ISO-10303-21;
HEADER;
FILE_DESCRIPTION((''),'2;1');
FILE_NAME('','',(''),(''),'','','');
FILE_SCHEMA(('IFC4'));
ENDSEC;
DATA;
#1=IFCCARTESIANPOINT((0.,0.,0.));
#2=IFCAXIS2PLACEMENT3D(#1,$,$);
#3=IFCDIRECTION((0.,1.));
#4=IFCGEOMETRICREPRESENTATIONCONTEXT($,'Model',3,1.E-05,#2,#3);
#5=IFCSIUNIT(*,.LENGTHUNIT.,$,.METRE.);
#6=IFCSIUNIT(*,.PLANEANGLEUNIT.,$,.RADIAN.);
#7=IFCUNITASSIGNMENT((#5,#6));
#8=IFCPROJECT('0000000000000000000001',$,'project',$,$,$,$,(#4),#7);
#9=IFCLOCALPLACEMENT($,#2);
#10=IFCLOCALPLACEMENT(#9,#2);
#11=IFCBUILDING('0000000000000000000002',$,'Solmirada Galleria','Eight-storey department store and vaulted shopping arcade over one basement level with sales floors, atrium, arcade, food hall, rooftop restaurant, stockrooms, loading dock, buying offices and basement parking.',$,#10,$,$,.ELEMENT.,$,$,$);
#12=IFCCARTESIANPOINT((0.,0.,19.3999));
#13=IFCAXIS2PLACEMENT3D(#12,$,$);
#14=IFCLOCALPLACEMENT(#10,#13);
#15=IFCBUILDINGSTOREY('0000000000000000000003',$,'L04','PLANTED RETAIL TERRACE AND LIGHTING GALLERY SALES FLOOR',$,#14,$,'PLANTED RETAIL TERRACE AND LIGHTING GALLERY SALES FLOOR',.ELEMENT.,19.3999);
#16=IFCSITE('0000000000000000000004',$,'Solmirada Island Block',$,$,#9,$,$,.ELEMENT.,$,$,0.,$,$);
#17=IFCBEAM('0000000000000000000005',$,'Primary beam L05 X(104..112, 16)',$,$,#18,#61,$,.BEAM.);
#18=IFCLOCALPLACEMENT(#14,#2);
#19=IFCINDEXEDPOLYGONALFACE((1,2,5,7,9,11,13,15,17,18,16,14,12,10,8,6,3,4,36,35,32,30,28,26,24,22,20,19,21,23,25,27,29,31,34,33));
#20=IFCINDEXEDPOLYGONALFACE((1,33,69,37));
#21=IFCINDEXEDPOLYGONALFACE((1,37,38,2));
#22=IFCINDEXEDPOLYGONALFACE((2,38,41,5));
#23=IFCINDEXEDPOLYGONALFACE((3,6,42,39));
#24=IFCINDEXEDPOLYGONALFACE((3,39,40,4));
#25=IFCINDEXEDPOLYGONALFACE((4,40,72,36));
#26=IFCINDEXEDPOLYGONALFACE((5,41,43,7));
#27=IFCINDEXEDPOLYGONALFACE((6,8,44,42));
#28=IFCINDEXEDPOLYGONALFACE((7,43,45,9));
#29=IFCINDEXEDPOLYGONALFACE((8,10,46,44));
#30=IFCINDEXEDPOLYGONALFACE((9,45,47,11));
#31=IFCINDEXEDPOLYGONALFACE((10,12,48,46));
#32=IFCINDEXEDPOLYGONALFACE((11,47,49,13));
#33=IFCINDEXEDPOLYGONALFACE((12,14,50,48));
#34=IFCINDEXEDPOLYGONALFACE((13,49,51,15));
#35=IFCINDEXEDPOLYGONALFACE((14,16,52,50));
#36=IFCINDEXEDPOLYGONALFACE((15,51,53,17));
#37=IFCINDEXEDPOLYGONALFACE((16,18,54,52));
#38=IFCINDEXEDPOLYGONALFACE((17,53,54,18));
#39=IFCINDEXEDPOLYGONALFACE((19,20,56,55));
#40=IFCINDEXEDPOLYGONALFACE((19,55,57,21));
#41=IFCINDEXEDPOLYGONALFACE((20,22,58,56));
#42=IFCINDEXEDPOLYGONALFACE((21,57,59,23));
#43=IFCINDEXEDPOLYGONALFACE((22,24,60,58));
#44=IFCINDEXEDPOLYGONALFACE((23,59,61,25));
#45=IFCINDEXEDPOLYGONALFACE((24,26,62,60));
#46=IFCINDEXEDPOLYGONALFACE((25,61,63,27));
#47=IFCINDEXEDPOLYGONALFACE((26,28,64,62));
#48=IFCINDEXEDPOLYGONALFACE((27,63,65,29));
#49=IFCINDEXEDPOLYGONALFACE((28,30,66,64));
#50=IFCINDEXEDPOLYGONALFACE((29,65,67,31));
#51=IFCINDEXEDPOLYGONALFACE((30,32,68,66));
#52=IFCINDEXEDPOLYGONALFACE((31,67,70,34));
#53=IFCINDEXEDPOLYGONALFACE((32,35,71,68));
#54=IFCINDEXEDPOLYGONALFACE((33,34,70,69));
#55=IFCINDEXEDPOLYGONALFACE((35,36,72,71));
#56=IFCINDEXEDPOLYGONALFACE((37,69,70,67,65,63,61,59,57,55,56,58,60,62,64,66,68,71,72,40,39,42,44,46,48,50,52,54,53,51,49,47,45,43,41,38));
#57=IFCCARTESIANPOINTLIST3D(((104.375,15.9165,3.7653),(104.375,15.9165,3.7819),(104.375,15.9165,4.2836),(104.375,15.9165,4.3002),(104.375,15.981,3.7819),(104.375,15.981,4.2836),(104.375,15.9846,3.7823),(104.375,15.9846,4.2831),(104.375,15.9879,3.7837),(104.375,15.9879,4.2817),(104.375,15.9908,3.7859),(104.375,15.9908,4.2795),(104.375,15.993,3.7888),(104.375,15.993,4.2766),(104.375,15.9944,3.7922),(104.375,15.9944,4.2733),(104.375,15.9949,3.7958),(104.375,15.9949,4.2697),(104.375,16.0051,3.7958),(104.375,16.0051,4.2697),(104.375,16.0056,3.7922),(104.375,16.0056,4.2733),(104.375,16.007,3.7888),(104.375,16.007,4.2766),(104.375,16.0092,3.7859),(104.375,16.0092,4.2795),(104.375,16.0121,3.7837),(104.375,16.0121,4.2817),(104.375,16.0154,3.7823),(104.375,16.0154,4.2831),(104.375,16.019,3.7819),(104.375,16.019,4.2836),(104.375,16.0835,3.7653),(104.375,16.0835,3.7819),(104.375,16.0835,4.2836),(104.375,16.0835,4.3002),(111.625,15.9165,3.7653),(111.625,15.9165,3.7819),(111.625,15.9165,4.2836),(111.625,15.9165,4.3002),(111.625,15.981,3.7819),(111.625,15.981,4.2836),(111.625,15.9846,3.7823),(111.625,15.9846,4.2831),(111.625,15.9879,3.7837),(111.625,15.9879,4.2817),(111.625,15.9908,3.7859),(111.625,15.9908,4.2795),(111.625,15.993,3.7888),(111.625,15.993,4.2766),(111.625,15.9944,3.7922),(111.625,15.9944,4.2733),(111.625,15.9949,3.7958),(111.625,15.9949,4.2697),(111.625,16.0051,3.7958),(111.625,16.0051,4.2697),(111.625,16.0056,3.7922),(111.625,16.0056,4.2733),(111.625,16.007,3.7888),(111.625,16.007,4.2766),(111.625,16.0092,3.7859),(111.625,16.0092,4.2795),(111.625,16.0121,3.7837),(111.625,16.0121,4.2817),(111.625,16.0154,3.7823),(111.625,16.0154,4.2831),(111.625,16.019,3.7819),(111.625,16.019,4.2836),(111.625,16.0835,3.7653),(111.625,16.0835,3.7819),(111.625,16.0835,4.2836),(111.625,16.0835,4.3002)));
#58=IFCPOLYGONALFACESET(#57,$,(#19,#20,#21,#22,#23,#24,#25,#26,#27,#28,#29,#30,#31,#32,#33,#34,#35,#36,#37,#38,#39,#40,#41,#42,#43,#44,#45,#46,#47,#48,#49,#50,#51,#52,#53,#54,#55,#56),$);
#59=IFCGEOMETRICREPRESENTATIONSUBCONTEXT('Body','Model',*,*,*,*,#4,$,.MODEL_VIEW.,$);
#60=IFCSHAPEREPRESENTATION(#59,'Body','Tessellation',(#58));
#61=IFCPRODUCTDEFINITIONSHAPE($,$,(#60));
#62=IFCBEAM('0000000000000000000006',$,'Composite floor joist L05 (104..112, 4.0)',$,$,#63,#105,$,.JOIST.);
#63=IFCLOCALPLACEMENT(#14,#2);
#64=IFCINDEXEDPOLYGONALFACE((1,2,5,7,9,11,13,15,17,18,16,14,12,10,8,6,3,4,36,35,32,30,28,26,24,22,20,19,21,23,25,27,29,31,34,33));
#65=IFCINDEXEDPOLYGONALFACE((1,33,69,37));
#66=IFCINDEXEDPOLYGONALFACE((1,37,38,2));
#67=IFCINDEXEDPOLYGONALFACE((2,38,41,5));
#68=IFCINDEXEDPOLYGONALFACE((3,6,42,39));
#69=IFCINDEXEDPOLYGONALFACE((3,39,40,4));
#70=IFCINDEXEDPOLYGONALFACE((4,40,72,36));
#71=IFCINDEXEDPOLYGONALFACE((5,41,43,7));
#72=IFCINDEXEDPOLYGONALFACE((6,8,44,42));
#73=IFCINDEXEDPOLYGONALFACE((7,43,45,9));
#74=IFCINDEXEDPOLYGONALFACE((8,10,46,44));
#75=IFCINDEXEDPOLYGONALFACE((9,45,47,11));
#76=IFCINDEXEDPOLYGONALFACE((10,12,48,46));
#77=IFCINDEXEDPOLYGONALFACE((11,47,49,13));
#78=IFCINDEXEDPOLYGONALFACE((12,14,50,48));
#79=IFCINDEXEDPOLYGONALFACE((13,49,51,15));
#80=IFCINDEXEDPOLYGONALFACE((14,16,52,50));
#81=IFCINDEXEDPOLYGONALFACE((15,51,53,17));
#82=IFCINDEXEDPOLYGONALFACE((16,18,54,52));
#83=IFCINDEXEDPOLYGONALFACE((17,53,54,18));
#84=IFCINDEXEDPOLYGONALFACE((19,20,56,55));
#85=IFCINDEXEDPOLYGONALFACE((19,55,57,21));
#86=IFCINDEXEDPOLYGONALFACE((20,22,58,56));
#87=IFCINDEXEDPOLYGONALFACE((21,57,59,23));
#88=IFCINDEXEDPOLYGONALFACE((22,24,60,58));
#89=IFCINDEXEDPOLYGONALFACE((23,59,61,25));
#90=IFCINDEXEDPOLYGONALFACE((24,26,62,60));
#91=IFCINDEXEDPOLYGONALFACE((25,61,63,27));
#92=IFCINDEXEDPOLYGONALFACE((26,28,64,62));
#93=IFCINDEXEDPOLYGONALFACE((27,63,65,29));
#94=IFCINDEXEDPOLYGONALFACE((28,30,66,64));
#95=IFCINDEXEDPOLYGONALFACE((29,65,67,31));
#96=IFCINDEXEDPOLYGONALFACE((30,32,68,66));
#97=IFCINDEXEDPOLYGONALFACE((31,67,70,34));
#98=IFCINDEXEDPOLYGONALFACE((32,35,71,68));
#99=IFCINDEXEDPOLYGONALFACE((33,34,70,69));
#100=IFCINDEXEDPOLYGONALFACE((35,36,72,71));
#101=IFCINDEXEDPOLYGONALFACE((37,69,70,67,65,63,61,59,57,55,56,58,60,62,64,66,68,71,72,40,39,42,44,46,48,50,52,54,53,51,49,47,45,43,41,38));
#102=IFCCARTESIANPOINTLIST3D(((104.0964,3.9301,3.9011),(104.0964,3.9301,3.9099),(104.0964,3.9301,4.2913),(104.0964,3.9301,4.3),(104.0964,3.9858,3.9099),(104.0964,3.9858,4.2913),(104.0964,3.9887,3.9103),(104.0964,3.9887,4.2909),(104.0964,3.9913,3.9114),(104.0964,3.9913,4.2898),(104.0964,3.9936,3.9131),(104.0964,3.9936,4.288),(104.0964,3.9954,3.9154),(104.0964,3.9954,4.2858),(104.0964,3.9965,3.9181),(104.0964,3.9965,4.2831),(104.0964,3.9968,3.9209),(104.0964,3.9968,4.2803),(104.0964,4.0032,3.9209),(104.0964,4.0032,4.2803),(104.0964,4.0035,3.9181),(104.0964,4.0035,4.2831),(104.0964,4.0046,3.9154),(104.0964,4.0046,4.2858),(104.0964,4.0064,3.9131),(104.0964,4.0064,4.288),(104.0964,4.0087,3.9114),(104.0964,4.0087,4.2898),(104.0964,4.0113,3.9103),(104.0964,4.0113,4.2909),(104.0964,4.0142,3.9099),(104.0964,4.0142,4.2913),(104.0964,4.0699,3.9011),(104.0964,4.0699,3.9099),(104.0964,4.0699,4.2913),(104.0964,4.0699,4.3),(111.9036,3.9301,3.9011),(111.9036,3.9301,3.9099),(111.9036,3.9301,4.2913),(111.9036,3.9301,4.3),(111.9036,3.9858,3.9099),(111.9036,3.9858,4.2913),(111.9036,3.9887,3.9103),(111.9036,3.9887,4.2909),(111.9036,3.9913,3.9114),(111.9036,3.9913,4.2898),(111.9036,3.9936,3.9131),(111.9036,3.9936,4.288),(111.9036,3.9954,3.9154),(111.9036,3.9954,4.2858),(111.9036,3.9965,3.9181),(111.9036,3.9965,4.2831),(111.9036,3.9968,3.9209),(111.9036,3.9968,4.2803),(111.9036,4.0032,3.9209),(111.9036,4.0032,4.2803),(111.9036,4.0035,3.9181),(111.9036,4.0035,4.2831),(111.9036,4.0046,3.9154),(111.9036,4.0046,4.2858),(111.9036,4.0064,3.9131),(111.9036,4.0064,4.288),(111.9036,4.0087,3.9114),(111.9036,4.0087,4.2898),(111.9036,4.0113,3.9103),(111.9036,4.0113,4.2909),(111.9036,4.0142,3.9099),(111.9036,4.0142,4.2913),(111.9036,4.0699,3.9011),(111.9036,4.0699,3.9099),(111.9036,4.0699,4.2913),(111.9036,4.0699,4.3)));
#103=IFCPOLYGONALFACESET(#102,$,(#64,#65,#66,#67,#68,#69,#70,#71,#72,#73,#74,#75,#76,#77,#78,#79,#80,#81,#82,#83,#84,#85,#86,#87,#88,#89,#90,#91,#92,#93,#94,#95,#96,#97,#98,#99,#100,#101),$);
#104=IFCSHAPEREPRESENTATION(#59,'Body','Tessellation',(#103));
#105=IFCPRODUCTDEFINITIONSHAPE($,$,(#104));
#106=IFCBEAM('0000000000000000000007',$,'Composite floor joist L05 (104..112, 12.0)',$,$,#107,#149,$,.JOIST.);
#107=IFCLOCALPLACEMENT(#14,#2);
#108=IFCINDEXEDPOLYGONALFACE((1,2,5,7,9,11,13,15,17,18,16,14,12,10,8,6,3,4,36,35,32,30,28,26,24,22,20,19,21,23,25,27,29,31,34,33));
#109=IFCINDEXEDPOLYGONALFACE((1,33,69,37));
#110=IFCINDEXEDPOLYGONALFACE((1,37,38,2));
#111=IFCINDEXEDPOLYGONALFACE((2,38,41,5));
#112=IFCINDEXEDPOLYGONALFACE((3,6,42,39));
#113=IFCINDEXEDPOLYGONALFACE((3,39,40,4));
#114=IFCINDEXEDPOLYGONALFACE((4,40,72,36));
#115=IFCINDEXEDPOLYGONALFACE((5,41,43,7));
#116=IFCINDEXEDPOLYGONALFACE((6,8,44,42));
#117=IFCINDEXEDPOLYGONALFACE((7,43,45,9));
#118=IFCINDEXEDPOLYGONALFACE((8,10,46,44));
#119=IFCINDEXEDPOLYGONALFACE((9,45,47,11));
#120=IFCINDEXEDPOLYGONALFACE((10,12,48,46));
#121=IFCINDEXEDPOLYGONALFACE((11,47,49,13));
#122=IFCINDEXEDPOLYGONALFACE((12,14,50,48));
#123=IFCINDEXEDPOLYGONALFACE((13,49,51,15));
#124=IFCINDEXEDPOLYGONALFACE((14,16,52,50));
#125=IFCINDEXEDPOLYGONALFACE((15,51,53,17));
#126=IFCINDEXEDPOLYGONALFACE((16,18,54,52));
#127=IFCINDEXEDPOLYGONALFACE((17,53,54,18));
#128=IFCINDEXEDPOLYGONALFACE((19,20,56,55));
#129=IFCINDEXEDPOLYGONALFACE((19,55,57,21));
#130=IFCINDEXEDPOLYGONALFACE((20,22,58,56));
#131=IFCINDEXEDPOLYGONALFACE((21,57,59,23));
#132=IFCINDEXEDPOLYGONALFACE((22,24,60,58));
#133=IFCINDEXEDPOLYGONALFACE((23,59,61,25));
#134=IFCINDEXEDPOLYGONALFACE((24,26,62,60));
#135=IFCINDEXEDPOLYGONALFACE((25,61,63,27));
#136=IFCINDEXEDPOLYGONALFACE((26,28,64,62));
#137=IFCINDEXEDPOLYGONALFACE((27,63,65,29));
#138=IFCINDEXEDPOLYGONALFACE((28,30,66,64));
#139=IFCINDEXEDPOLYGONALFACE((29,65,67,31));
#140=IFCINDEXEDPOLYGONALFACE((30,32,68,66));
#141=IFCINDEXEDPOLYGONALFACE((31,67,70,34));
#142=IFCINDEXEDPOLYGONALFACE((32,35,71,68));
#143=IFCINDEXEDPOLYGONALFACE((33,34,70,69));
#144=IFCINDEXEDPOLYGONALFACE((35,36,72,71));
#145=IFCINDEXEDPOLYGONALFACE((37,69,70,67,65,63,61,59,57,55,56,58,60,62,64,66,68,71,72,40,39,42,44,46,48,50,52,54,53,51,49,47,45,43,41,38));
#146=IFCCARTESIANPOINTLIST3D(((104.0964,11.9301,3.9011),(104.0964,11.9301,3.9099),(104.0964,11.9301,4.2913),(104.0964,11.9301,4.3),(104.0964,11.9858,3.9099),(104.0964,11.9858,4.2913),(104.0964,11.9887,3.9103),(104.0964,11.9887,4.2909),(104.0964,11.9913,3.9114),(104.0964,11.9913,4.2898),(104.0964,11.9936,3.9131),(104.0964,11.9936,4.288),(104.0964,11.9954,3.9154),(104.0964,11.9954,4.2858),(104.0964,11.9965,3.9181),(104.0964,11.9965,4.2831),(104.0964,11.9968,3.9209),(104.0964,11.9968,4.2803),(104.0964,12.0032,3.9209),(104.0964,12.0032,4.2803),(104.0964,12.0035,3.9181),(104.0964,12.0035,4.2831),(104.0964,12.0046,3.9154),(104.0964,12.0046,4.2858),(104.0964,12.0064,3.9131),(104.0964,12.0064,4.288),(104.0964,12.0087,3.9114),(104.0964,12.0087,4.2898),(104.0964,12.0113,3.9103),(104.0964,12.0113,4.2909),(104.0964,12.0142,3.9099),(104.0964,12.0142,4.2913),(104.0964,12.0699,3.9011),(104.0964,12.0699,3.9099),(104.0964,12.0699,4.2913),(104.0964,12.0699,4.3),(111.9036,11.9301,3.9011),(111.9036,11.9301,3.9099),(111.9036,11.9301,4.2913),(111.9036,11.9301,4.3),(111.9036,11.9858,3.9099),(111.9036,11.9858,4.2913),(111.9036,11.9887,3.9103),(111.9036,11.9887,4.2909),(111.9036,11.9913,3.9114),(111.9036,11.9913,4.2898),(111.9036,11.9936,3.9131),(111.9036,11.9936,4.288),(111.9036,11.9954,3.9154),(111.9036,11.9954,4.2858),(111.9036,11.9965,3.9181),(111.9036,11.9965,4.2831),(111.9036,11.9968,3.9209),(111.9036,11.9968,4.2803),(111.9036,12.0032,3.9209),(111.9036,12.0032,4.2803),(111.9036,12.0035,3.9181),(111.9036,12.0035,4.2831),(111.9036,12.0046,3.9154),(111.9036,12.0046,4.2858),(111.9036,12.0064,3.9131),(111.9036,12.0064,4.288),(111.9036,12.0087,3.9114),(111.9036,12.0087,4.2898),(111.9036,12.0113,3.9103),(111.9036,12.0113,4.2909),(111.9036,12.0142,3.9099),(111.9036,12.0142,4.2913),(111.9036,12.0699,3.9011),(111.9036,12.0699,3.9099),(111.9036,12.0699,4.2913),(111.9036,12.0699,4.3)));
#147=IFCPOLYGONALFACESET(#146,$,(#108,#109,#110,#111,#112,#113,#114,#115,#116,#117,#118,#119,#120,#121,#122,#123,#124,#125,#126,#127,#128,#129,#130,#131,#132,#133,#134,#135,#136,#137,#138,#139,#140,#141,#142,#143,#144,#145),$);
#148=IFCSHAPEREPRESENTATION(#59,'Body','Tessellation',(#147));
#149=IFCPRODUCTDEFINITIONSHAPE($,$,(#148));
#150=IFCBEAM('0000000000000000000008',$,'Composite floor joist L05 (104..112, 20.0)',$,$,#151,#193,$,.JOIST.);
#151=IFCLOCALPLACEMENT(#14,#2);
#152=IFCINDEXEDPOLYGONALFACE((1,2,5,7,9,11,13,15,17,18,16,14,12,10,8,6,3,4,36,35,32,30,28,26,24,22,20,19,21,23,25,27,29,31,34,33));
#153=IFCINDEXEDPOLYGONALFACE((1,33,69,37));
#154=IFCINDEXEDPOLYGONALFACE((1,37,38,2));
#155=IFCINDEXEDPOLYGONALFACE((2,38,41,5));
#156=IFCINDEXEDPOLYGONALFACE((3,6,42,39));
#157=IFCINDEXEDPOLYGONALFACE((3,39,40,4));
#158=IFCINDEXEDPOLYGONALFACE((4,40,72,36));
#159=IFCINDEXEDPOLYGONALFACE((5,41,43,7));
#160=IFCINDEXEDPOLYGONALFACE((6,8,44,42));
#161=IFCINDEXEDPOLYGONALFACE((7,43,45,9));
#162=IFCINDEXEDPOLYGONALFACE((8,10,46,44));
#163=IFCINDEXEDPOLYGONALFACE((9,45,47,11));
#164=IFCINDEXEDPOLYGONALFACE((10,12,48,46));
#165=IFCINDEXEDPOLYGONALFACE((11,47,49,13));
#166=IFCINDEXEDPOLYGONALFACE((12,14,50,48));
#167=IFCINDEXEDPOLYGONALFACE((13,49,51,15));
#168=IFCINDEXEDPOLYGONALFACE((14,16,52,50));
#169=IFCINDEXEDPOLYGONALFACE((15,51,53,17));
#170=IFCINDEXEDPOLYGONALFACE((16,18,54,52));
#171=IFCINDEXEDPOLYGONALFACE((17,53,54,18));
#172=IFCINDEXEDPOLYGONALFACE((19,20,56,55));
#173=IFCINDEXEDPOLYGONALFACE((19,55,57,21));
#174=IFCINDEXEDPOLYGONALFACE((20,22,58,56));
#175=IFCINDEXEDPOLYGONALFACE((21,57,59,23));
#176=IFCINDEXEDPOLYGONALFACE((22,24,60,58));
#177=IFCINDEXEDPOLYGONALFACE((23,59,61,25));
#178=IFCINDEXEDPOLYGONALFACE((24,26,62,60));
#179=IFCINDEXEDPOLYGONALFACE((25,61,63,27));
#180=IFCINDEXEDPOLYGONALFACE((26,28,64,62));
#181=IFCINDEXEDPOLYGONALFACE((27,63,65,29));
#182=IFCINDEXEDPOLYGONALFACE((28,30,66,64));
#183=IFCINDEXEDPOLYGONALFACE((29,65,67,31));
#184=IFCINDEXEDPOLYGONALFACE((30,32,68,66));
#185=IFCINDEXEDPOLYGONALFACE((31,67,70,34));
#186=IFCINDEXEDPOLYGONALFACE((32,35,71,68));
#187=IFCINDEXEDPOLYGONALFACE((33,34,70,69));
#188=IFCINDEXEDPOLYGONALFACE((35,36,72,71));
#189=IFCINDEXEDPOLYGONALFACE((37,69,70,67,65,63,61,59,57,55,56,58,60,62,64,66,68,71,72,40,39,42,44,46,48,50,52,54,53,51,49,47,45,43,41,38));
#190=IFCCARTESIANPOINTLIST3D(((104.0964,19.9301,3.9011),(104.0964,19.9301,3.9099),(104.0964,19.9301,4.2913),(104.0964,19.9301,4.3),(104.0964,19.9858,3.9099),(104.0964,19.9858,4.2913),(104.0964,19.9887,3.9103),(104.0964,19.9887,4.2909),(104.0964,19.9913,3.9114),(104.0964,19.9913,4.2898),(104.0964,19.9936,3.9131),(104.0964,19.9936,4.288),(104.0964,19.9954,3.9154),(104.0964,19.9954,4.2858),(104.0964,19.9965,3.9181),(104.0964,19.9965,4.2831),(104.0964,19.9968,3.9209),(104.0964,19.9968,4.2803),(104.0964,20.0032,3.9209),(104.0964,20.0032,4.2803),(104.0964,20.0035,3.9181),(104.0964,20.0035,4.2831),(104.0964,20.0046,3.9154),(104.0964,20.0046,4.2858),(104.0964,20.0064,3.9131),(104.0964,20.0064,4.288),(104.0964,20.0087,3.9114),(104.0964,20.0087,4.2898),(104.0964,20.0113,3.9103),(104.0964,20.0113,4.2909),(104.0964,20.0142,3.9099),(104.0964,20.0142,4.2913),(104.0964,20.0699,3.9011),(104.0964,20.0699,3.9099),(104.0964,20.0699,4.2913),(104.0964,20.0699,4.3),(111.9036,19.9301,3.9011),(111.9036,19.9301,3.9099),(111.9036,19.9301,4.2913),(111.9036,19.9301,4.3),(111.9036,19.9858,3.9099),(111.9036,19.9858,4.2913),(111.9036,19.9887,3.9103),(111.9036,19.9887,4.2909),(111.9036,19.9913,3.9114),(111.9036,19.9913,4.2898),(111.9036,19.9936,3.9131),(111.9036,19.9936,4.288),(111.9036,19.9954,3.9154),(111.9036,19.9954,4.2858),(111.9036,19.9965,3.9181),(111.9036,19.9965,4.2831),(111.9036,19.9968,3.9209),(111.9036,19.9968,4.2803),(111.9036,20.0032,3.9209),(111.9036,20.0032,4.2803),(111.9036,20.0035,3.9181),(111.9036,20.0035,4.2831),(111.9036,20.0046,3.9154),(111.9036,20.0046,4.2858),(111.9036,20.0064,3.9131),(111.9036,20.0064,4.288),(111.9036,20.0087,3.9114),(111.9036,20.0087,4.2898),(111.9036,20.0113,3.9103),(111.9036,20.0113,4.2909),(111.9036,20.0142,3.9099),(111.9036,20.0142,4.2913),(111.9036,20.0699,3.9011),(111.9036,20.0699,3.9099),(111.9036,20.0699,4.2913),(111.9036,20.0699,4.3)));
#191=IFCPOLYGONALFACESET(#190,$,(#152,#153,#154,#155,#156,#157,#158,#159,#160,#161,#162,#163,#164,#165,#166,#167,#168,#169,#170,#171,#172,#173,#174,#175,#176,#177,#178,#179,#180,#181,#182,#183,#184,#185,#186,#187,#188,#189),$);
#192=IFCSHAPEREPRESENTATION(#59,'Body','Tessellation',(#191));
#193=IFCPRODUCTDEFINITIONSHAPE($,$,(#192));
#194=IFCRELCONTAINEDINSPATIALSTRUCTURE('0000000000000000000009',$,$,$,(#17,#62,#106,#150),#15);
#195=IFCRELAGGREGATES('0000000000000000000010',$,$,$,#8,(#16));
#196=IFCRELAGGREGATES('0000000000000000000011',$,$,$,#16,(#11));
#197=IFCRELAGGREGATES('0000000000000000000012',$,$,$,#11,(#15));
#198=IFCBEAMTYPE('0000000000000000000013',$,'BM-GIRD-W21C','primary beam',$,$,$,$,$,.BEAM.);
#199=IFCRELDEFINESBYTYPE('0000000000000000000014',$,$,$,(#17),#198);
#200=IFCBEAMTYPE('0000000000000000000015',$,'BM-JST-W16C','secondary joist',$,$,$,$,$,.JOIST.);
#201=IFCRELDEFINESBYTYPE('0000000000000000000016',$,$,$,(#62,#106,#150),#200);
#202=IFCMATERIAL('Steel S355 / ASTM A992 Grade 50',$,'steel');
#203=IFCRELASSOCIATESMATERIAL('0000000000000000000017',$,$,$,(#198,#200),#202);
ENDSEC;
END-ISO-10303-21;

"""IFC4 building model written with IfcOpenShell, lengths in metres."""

from ifc_helpers import new_model, si_unit, direction, frame, origin, origin_2d, place, context, subcontext, project, spatial, i_section, extrude, material, material_profile, profile_set, type_object, element, save


model = new_model("IFC4")

# Units and contexts
model_context = context("Model", 3, precision=1e-05, world=origin(), true_north=direction((0.0, 1.0)))
body_context = subcontext(model_context, "Body", "Model", "MODEL_VIEW")
ifc_project = project(units=[si_unit("LENGTHUNIT", "METRE"), si_unit("PLANEANGLEUNIT", "RADIAN")], contexts=[model_context])

# Site, building, storey
site_placement = place(None, origin())
site = spatial("IfcSite", under=ifc_project, at=site_placement, Name="Solmirada Island Block", CompositionType="ELEMENT", RefElevation=0.0)
building_placement = place(site_placement, origin())
building = spatial("IfcBuilding", under=site, at=building_placement, Name="Solmirada Galleria", Description="Eight-storey department store and vaulted shopping arcade over one basement level with sales floors, atrium, arcade, food hall, rooftop restaurant, stockrooms, loading dock, buying offices and basement parking.", CompositionType="ELEMENT")
storey_placement = place(building_placement, frame((0.0, 0.0, 19.3999)))
storey = spatial("IfcBuildingStorey", under=building, at=storey_placement, Name="L04", Description="PLANTED RETAIL TERRACE AND LIGHTING GALLERY SALES FLOOR", LongName="PLANTED RETAIL TERRACE AND LIGHTING GALLERY SALES FLOOR", CompositionType="ELEMENT", Elevation=19.3999)

# Beams
ifc_material_1 = material(Name="Steel S355 / ASTM A992 Grade 50", Category="steel")
ifc_material_profile_1 = material_profile(ifc_material_1, i_section(OverallWidth=0.167, OverallDepth=0.5349, WebThickness=0.0103, FlangeThickness=0.0166, FilletRadius=0.0139, at=origin_2d()), Name="W21X57")
ifc_profile_set_1 = profile_set([ifc_material_profile_1], Name="Steel S355 / ASTM A992 Grade 50")
beam_type_1 = type_object("IfcBeamType", Name="BM-GIRD-W21C", Description="primary beam", PredefinedType="BEAM", material=ifc_profile_set_1)
beam_1_placement = place(storey_placement, frame((104.375, 16.0, 4.0327), z_axis=(1.0, 0.0, 0.0), x_axis=(0.0, 1.0, 0.0)))
element("IfcBeam", 1, at=beam_1_placement, inside=storey, type_object=beam_type_1, Name="Primary beam L05 X(104..112, 16)", PredefinedType="BEAM", context=body_context, shape_type="SweptSolid", body=[
    extrude(i_section(OverallWidth=0.167, OverallDepth=0.5349, WebThickness=0.0103, FlangeThickness=0.0166, FilletRadius=0.0139, at=origin_2d()), origin(), (0.0, 0.0, 1.0), 7.25),
])
ifc_material_profile_2 = material_profile(ifc_material_1, i_section(OverallWidth=0.1399, OverallDepth=0.3989, WebThickness=0.0063, FlangeThickness=0.0088, FilletRadius=0.011, at=origin_2d()), Name="W16X26")
ifc_profile_set_2 = profile_set([ifc_material_profile_2], Name="Steel S355 / ASTM A992 Grade 50")
beam_type_2 = type_object("IfcBeamType", Name="BM-JST-W16C", Description="secondary joist", PredefinedType="JOIST", material=ifc_profile_set_2)
for number, where, z_axis, x_axis, name in (
    (2, (104.0964, 4.0, 4.1006), (1.0, 0.0, 0.0), (0.0, 1.0, 0.0), "Composite floor joist L05 (104..112, 4.0)"),
    (3, (104.0964, 12.0, 4.1006), (1.0, 0.0, 0.0), (0.0, 1.0, 0.0), "Composite floor joist L05 (104..112, 12.0)"),
    (4, (104.0964, 20.0, 4.1006), (1.0, 0.0, 0.0), (0.0, 1.0, 0.0), "Composite floor joist L05 (104..112, 20.0)"),
):
    element("IfcBeam", number, at=place(storey_placement, frame(where, z_axis=z_axis, x_axis=x_axis)), inside=storey, type_object=beam_type_2, Name=name, PredefinedType="JOIST", context=body_context, shape_type="SweptSolid", body=[
        extrude(i_section(OverallWidth=0.1399, OverallDepth=0.3989, WebThickness=0.0063, FlangeThickness=0.0088, FilletRadius=0.011, at=origin_2d()), origin(), (0.0, 0.0, 1.0), 7.8071),
    ])

save(model, "model.ifc")
